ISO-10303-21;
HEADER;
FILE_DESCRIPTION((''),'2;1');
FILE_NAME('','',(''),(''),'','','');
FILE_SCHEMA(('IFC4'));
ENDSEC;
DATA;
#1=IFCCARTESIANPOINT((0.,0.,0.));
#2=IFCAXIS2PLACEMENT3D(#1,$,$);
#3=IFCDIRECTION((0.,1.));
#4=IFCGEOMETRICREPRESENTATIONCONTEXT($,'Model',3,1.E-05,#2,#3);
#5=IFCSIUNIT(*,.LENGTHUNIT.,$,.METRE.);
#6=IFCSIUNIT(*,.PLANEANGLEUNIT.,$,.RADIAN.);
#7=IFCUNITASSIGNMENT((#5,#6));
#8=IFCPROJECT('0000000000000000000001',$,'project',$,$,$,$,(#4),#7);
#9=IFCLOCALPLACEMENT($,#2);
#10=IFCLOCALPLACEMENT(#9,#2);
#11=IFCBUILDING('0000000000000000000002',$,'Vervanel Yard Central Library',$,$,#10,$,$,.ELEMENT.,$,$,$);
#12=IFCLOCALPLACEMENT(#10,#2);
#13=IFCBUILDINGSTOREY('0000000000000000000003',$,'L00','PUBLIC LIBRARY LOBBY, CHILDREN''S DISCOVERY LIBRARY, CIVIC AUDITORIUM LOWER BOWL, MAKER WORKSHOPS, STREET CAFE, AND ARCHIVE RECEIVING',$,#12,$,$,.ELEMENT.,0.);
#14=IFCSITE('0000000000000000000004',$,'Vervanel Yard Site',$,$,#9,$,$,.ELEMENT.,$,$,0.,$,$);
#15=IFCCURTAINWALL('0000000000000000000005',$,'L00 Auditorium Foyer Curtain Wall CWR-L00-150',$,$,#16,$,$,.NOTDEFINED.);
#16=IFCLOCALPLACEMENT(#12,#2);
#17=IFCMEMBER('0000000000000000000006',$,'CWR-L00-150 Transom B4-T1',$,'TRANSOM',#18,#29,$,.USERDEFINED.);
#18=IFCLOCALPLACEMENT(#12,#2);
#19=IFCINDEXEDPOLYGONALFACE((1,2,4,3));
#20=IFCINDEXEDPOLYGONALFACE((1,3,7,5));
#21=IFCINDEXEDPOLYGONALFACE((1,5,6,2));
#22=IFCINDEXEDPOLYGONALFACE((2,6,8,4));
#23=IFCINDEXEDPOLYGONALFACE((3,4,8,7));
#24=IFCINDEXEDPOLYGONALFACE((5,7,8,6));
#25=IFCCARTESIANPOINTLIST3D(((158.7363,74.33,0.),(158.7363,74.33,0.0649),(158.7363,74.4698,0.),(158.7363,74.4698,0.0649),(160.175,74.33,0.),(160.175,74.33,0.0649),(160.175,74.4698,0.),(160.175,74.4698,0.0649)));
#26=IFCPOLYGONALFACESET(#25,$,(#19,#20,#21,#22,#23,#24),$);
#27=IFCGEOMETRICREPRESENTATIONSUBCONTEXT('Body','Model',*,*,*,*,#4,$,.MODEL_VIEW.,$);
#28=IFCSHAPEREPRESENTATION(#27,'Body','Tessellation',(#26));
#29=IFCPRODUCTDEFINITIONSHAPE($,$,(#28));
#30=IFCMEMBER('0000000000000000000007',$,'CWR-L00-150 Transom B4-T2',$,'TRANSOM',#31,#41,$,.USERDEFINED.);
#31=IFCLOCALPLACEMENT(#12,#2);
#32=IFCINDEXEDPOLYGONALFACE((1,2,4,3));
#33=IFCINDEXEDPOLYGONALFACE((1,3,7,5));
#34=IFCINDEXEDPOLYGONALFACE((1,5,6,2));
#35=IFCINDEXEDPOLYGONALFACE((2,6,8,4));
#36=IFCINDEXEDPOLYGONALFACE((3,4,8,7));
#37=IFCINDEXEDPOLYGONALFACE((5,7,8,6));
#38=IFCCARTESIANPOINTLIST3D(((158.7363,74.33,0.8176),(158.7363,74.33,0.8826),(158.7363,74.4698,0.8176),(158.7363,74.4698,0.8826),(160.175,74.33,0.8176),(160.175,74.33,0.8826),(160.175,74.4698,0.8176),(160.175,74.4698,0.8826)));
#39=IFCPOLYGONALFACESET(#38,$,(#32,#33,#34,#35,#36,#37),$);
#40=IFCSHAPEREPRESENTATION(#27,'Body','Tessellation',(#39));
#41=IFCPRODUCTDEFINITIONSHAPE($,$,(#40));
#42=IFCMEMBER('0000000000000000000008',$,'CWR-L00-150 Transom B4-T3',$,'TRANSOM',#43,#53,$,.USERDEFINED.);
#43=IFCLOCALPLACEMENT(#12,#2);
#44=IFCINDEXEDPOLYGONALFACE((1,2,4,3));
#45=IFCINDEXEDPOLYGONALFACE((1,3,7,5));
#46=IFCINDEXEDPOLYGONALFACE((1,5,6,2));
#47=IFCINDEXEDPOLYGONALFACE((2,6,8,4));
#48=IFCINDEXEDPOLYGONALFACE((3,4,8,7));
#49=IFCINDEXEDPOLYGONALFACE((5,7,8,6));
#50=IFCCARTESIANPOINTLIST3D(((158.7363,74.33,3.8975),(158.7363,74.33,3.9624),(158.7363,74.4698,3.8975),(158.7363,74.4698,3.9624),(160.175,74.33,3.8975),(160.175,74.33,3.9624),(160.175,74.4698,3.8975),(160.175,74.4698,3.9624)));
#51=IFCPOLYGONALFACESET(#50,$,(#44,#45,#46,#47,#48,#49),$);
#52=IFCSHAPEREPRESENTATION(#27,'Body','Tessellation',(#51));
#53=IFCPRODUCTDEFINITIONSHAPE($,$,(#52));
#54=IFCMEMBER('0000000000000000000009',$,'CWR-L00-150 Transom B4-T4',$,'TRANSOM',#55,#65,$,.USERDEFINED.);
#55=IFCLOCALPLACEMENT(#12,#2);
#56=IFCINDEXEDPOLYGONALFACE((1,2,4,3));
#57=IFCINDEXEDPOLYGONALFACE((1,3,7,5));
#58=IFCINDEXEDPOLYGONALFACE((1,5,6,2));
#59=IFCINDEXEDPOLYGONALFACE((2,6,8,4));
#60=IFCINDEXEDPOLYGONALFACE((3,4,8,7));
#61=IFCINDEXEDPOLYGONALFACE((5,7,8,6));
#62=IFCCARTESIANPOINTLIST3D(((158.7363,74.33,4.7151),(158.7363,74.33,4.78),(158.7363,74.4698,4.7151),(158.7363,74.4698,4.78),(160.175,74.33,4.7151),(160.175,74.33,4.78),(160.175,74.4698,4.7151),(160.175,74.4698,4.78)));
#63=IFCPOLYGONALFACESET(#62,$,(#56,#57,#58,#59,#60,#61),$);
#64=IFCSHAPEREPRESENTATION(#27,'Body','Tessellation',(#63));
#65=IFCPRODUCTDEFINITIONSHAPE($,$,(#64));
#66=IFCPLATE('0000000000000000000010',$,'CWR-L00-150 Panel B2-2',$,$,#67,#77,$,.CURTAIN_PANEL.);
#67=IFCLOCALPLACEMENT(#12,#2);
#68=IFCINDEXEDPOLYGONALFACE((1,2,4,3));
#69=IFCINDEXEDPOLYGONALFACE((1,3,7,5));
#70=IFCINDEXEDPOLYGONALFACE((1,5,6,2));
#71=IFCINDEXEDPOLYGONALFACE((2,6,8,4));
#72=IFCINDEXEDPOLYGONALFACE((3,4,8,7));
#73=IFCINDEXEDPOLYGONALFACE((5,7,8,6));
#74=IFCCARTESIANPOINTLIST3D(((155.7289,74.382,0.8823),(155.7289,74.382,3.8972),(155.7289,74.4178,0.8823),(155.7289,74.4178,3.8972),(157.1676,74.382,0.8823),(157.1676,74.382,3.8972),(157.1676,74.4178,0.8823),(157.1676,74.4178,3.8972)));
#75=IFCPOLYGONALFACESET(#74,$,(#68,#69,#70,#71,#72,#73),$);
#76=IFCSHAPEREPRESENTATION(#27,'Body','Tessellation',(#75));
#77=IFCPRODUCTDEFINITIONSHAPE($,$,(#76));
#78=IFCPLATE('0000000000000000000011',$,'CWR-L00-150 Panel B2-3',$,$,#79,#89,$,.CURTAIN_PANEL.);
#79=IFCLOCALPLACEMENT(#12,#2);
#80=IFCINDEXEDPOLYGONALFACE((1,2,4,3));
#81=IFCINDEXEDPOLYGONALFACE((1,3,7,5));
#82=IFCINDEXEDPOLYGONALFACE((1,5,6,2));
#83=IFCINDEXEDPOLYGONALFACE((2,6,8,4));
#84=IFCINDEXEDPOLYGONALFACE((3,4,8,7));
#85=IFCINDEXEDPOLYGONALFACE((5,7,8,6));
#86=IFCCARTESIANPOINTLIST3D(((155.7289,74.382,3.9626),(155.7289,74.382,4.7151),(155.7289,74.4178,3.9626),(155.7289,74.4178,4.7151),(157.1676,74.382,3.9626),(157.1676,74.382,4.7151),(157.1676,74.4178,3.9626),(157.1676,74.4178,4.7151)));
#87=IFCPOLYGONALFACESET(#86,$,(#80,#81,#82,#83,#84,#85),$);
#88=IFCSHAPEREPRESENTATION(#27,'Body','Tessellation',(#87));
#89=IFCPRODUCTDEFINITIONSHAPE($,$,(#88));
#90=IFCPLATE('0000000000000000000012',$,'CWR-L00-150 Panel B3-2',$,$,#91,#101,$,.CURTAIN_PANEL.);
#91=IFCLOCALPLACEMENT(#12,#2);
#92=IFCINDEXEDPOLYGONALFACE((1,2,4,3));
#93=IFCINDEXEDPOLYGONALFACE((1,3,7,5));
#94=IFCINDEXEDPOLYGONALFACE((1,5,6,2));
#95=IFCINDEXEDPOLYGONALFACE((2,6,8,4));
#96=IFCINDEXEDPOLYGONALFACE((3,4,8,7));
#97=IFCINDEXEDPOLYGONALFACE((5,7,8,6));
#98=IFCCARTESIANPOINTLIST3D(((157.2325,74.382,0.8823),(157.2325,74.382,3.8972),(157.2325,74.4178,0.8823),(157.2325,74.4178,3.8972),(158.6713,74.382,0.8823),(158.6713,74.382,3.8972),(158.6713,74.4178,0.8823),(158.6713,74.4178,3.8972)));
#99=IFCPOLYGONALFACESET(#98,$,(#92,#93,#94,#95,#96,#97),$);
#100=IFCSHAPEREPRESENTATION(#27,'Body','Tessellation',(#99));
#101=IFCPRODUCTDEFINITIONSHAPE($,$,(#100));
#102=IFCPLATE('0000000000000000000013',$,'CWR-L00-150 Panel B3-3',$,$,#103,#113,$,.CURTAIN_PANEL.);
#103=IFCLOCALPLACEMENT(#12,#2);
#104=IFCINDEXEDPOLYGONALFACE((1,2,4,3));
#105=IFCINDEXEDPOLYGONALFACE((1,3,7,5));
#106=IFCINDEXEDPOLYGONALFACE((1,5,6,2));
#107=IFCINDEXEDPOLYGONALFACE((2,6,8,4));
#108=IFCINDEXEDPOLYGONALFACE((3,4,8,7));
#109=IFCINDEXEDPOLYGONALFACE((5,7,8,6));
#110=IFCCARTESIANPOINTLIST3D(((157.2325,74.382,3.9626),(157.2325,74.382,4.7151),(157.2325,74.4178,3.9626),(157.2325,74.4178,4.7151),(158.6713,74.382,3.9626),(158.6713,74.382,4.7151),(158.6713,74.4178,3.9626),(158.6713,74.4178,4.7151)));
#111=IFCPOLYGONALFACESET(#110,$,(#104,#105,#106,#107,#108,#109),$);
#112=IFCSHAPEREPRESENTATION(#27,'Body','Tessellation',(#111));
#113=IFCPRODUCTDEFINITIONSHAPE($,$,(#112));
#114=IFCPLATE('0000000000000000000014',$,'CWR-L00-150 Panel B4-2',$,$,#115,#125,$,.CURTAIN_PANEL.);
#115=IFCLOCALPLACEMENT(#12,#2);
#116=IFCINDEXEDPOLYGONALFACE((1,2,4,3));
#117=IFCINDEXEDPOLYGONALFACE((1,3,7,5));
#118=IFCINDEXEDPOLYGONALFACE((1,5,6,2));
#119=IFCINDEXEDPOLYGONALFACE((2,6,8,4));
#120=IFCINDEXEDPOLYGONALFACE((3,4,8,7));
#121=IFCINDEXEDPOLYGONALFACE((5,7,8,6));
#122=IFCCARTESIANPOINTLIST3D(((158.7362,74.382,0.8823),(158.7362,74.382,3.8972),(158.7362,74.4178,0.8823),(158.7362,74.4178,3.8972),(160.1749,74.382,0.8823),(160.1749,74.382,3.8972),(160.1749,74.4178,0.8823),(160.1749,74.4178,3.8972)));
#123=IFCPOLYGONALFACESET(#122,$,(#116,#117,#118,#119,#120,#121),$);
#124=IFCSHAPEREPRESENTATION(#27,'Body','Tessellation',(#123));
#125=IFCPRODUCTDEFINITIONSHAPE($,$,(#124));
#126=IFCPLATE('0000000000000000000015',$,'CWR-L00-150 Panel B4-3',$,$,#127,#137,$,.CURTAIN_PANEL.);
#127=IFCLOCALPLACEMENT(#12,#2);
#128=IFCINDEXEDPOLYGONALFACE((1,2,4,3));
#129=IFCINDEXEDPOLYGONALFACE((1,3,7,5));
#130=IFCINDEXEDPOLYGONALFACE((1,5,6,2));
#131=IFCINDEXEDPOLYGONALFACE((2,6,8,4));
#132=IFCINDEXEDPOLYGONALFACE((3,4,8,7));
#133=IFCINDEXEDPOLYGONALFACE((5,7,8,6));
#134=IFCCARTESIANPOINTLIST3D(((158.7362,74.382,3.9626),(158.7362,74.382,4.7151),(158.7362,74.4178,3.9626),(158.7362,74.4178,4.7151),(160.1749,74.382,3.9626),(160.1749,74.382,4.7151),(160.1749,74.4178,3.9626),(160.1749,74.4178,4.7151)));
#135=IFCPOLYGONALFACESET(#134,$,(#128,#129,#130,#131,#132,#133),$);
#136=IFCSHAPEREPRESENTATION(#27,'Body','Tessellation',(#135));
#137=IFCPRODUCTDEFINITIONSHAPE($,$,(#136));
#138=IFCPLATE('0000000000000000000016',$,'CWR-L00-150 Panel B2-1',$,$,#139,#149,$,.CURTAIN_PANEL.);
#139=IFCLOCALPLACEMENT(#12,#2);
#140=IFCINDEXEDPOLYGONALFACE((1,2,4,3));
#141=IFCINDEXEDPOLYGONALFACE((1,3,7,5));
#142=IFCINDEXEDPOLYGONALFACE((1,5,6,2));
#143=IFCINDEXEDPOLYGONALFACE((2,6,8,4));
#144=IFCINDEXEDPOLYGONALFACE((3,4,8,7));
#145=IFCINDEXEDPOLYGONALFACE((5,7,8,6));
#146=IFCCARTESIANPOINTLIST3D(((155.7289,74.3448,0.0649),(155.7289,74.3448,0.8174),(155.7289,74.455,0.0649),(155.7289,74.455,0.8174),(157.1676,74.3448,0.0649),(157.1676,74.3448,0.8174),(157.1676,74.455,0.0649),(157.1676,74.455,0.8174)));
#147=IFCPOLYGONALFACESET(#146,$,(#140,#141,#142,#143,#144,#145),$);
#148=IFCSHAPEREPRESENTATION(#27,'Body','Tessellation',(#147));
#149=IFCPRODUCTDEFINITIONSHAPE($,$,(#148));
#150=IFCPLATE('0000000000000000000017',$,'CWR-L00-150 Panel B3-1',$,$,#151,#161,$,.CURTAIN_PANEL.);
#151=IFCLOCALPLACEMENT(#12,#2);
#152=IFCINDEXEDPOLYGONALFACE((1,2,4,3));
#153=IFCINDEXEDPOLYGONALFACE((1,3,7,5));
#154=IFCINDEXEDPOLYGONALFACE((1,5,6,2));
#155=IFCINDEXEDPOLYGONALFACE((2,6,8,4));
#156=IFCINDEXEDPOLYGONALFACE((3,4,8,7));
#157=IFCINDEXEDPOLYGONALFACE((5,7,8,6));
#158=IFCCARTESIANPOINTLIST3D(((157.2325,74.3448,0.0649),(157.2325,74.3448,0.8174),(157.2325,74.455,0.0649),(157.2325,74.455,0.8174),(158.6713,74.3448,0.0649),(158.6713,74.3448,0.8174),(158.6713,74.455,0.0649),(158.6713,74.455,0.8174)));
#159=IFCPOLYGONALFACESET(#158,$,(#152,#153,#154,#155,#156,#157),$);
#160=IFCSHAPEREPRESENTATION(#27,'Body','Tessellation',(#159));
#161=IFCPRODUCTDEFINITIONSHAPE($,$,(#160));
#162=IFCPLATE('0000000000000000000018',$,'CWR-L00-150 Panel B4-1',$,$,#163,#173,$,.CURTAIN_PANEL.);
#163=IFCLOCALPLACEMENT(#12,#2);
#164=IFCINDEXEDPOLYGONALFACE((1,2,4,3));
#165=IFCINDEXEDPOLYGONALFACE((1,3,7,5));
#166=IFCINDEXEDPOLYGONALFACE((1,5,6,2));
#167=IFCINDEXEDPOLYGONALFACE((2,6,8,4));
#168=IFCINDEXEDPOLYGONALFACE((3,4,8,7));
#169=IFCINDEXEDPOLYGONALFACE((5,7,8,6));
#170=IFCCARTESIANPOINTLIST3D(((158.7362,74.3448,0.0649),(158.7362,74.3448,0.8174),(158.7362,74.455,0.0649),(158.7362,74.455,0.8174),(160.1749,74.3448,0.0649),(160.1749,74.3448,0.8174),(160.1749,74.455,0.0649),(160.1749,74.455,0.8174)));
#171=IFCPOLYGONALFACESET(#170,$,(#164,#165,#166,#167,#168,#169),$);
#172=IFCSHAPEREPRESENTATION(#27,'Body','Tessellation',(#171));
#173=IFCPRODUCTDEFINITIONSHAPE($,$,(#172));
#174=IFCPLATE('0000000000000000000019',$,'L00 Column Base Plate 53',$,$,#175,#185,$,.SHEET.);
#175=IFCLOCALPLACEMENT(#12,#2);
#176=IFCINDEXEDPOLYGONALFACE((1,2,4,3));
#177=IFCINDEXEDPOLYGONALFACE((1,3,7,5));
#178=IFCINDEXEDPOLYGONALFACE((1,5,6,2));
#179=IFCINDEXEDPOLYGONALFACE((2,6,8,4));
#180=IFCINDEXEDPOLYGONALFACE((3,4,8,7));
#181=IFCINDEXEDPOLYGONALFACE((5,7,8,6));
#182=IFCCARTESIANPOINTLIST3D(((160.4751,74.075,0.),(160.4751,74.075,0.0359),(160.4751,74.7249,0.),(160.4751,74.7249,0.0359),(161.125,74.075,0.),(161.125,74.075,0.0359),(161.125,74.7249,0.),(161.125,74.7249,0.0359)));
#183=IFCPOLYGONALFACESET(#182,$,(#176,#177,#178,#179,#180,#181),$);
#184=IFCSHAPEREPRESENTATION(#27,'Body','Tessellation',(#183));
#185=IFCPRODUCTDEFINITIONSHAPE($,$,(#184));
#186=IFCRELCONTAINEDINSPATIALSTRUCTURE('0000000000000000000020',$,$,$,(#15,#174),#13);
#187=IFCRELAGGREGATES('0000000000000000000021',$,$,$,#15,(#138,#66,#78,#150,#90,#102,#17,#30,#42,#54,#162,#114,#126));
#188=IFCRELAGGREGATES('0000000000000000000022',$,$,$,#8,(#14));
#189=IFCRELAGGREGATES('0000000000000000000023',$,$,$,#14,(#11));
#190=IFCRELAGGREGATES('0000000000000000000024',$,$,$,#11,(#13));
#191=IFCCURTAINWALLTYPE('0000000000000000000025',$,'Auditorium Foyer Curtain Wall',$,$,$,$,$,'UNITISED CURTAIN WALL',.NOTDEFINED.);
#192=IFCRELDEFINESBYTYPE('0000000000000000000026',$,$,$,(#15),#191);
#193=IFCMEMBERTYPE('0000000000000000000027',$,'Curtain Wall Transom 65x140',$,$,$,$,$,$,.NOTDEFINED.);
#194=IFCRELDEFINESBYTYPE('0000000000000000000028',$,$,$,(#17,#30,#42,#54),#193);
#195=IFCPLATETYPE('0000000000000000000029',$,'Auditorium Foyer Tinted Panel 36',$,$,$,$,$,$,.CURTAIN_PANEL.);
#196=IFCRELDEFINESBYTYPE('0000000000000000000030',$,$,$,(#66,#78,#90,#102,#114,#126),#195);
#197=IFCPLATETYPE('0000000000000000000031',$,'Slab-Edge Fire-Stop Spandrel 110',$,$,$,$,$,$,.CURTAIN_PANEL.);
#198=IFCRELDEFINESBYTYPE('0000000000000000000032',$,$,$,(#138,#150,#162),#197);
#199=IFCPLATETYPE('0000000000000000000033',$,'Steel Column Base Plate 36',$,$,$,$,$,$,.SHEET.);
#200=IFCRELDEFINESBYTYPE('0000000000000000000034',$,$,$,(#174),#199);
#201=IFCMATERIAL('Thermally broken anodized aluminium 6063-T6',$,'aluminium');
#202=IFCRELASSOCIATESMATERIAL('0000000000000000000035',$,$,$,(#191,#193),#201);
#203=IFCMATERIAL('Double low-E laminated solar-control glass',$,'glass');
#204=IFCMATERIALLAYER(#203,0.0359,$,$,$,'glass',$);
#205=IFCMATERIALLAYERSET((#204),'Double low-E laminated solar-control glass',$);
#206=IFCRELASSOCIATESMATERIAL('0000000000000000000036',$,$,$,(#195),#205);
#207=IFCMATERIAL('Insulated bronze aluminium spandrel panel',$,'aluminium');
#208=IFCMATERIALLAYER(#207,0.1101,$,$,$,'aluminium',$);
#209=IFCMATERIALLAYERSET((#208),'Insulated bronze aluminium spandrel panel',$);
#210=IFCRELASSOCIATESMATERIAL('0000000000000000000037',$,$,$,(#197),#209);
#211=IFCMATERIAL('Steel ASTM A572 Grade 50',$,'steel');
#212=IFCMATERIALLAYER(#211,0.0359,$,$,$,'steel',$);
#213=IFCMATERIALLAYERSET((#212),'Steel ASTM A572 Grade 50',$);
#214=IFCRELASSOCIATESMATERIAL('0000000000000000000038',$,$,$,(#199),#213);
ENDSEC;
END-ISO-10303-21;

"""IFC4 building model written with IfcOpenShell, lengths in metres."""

from ifc_helpers import new_model, si_unit, direction, frame, origin, origin_2d, place, context, subcontext, project, spatial, rectangle, extrude, material, layer, layer_set, material_profile, profile_set, type_object, element, aggregate, save


model = new_model("IFC4")

# Units and contexts
model_context = context("Model", 3, precision=1e-05, world=origin(), true_north=direction((0.0, 1.0)))
body_context = subcontext(model_context, "Body", "Model", "MODEL_VIEW")
ifc_project = project(units=[si_unit("LENGTHUNIT", "METRE"), si_unit("PLANEANGLEUNIT", "RADIAN")], contexts=[model_context])

# Site, building, storey
site_placement = place(None, origin())
site = spatial("IfcSite", under=ifc_project, at=site_placement, Name="Vervanel Yard Site", CompositionType="ELEMENT", RefElevation=0.0)
building_placement = place(site_placement, origin())
building = spatial("IfcBuilding", under=site, at=building_placement, Name="Vervanel Yard Central Library", CompositionType="ELEMENT")
storey_placement = place(building_placement, origin())
storey = spatial("IfcBuildingStorey", under=building, at=storey_placement, Name="L00", Description="PUBLIC LIBRARY LOBBY, CHILDREN'S DISCOVERY LIBRARY, CIVIC AUDITORIUM LOWER BOWL, MAKER WORKSHOPS, STREET CAFE, AND ARCHIVE RECEIVING", CompositionType="ELEMENT", Elevation=0.0)

# Curtain wall, members, plates
ifc_material_1 = material(Name="Thermally broken anodized aluminium 6063-T6", Category="aluminium")
curtain_wall_type = type_object("IfcCurtainWallType", Name="Auditorium Foyer Curtain Wall", ElementType="UNITISED CURTAIN WALL", PredefinedType="NOTDEFINED", material=ifc_material_1)
curtain_wall_placement = place(storey_placement, origin())
curtain_wall = element("IfcCurtainWall", 1, at=curtain_wall_placement, inside=storey, type_object=curtain_wall_type, Name="L00 Auditorium Foyer Curtain Wall CWR-L00-150", PredefinedType="NOTDEFINED")
ifc_material_profile_1 = material_profile(ifc_material_1, rectangle(XDim=0.0649, YDim=0.1399, at=origin_2d()), Name="ALU 65x140", Category="aluminium")
ifc_profile_set_1 = profile_set([ifc_material_profile_1], Name="Thermally broken anodized aluminium 6063-T6")
member_type_1 = type_object("IfcMemberType", Name="Curtain Wall Transom 65x140", PredefinedType="NOTDEFINED", material=ifc_profile_set_1)
member_1_placement = place(storey_placement, frame((158.7363, 74.3999, 0.0325), z_axis=(1.0, 0.0, 0.0), x_axis=(0.0, 0.0, 1.0)))
member_1 = element("IfcMember", 2, at=member_1_placement, type_object=member_type_1, Name="CWR-L00-150 Transom B4-T1", ObjectType="TRANSOM", PredefinedType="USERDEFINED", context=body_context, shape_type="SweptSolid", body=[
    extrude(rectangle(XDim=0.0649, YDim=0.1399, at=origin_2d()), origin(), (0.0, 0.0, 1.0), 1.4387),
])
member_2_placement = place(storey_placement, frame((158.7363, 74.3999, 0.8501), z_axis=(1.0, 0.0, 0.0), x_axis=(0.0, 0.0, 1.0)))
member_2 = element("IfcMember", 3, at=member_2_placement, type_object=member_type_1, Name="CWR-L00-150 Transom B4-T2", ObjectType="TRANSOM", PredefinedType="USERDEFINED", context=body_context, shape_type="SweptSolid", body=[
    extrude(rectangle(XDim=0.0649, YDim=0.1399, at=origin_2d()), origin(), (0.0, 0.0, 1.0), 1.4387),
])
member_3_placement = place(storey_placement, frame((158.7363, 74.3999, 3.9299), z_axis=(1.0, 0.0, 0.0), x_axis=(0.0, 0.0, 1.0)))
member_3 = element("IfcMember", 4, at=member_3_placement, type_object=member_type_1, Name="CWR-L00-150 Transom B4-T3", ObjectType="TRANSOM", PredefinedType="USERDEFINED", context=body_context, shape_type="SweptSolid", body=[
    extrude(rectangle(XDim=0.0649, YDim=0.1399, at=origin_2d()), origin(), (0.0, 0.0, 1.0), 1.4387),
])
member_4_placement = place(storey_placement, frame((158.7363, 74.3999, 4.7476), z_axis=(1.0, 0.0, 0.0), x_axis=(0.0, 0.0, 1.0)))
member_4 = element("IfcMember", 5, at=member_4_placement, type_object=member_type_1, Name="CWR-L00-150 Transom B4-T4", ObjectType="TRANSOM", PredefinedType="USERDEFINED", context=body_context, shape_type="SweptSolid", body=[
    extrude(rectangle(XDim=0.0649, YDim=0.1399, at=origin_2d()), origin(), (0.0, 0.0, 1.0), 1.4387),
])
ifc_material_2 = material(Name="Double low-E laminated solar-control glass", Category="glass")
ifc_layer_1 = layer(ifc_material_2, 0.0359, Category="glass")
ifc_layer_set_1 = layer_set([ifc_layer_1], Name="Double low-E laminated solar-control glass")
plate_type_1 = type_object("IfcPlateType", Name="Auditorium Foyer Tinted Panel 36", PredefinedType="CURTAIN_PANEL", material=ifc_layer_set_1)
plate_1_placement = place(storey_placement, frame((156.4482, 74.3999, 0.8823), z_axis=(0.0, 0.0, 1.0), x_axis=(1.0, 0.0, 0.0)))
plate_1 = element("IfcPlate", 6, at=plate_1_placement, type_object=plate_type_1, Name="CWR-L00-150 Panel B2-2", PredefinedType="CURTAIN_PANEL", context=body_context, shape_type="SweptSolid", body=[
    extrude(rectangle(XDim=1.4387, YDim=0.0359, at=origin_2d()), origin(), (0.0, 0.0, 1.0), 3.0149),
])
plate_2_placement = place(storey_placement, frame((156.4482, 74.3999, 3.9626), z_axis=(0.0, 0.0, 1.0), x_axis=(1.0, 0.0, 0.0)))
plate_2 = element("IfcPlate", 7, at=plate_2_placement, type_object=plate_type_1, Name="CWR-L00-150 Panel B2-3", PredefinedType="CURTAIN_PANEL", context=body_context, shape_type="SweptSolid", body=[
    extrude(rectangle(XDim=1.4387, YDim=0.0359, at=origin_2d()), origin(), (0.0, 0.0, 1.0), 0.7524),
])
plate_3_placement = place(storey_placement, frame((157.9519, 74.3999, 0.8823), z_axis=(0.0, 0.0, 1.0), x_axis=(1.0, 0.0, 0.0)))
plate_3 = element("IfcPlate", 8, at=plate_3_placement, type_object=plate_type_1, Name="CWR-L00-150 Panel B3-2", PredefinedType="CURTAIN_PANEL", context=body_context, shape_type="SweptSolid", body=[
    extrude(rectangle(XDim=1.4387, YDim=0.0359, at=origin_2d()), origin(), (0.0, 0.0, 1.0), 3.0149),
])
plate_4_placement = place(storey_placement, frame((157.9519, 74.3999, 3.9626), z_axis=(0.0, 0.0, 1.0), x_axis=(1.0, 0.0, 0.0)))
plate_4 = element("IfcPlate", 9, at=plate_4_placement, type_object=plate_type_1, Name="CWR-L00-150 Panel B3-3", PredefinedType="CURTAIN_PANEL", context=body_context, shape_type="SweptSolid", body=[
    extrude(rectangle(XDim=1.4387, YDim=0.0359, at=origin_2d()), origin(), (0.0, 0.0, 1.0), 0.7524),
])
plate_5_placement = place(storey_placement, frame((159.4556, 74.3999, 0.8823), z_axis=(0.0, 0.0, 1.0), x_axis=(1.0, 0.0, 0.0)))
plate_5 = element("IfcPlate", 10, at=plate_5_placement, type_object=plate_type_1, Name="CWR-L00-150 Panel B4-2", PredefinedType="CURTAIN_PANEL", context=body_context, shape_type="SweptSolid", body=[
    extrude(rectangle(XDim=1.4387, YDim=0.0359, at=origin_2d()), origin(), (0.0, 0.0, 1.0), 3.0149),
])
plate_6_placement = place(storey_placement, frame((159.4556, 74.3999, 3.9626), z_axis=(0.0, 0.0, 1.0), x_axis=(1.0, 0.0, 0.0)))
plate_6 = element("IfcPlate", 11, at=plate_6_placement, type_object=plate_type_1, Name="CWR-L00-150 Panel B4-3", PredefinedType="CURTAIN_PANEL", context=body_context, shape_type="SweptSolid", body=[
    extrude(rectangle(XDim=1.4387, YDim=0.0359, at=origin_2d()), origin(), (0.0, 0.0, 1.0), 0.7524),
])
ifc_material_3 = material(Name="Insulated bronze aluminium spandrel panel", Category="aluminium")
ifc_layer_2 = layer(ifc_material_3, 0.1101, Category="aluminium")
ifc_layer_set_2 = layer_set([ifc_layer_2], Name="Insulated bronze aluminium spandrel panel")
plate_type_2 = type_object("IfcPlateType", Name="Slab-Edge Fire-Stop Spandrel 110", PredefinedType="CURTAIN_PANEL", material=ifc_layer_set_2)
plate_7_placement = place(storey_placement, frame((156.4482, 74.3999, 0.0649), z_axis=(0.0, 0.0, 1.0), x_axis=(1.0, 0.0, 0.0)))
plate_7 = element("IfcPlate", 12, at=plate_7_placement, type_object=plate_type_2, Name="CWR-L00-150 Panel B2-1", PredefinedType="CURTAIN_PANEL", context=body_context, shape_type="SweptSolid", body=[
    extrude(rectangle(XDim=1.4387, YDim=0.1101, at=origin_2d()), origin(), (0.0, 0.0, 1.0), 0.7524),
])
plate_8_placement = place(storey_placement, frame((157.9519, 74.3999, 0.0649), z_axis=(0.0, 0.0, 1.0), x_axis=(1.0, 0.0, 0.0)))
plate_8 = element("IfcPlate", 13, at=plate_8_placement, type_object=plate_type_2, Name="CWR-L00-150 Panel B3-1", PredefinedType="CURTAIN_PANEL", context=body_context, shape_type="SweptSolid", body=[
    extrude(rectangle(XDim=1.4387, YDim=0.1101, at=origin_2d()), origin(), (0.0, 0.0, 1.0), 0.7524),
])
plate_9_placement = place(storey_placement, frame((159.4556, 74.3999, 0.0649), z_axis=(0.0, 0.0, 1.0), x_axis=(1.0, 0.0, 0.0)))
plate_9 = element("IfcPlate", 14, at=plate_9_placement, type_object=plate_type_2, Name="CWR-L00-150 Panel B4-1", PredefinedType="CURTAIN_PANEL", context=body_context, shape_type="SweptSolid", body=[
    extrude(rectangle(XDim=1.4387, YDim=0.1101, at=origin_2d()), origin(), (0.0, 0.0, 1.0), 0.7524),
])
aggregate(curtain_wall, [plate_7, plate_1, plate_2, plate_8, plate_3, plate_4, member_1, member_2, member_3, member_4, plate_9, plate_5, plate_6])

# Plate
ifc_material_4 = material(Name="Steel ASTM A572 Grade 50", Category="steel")
ifc_layer_3 = layer(ifc_material_4, 0.0359, Category="steel")
ifc_layer_set_3 = layer_set([ifc_layer_3], Name="Steel ASTM A572 Grade 50")
plate_type_3 = type_object("IfcPlateType", Name="Steel Column Base Plate 36", PredefinedType="SHEET", material=ifc_layer_set_3)
plate_10_placement = place(storey_placement, frame((160.8, 74.3999, 0.0), z_axis=(0.0, 0.0, 1.0), x_axis=(1.0, 0.0, 0.0)))
element("IfcPlate", 15, at=plate_10_placement, inside=storey, type_object=plate_type_3, Name="L00 Column Base Plate 53", PredefinedType="SHEET", context=body_context, shape_type="SweptSolid", body=[
    extrude(rectangle(XDim=0.6499, YDim=0.6499, at=origin_2d()), origin(), (0.0, 0.0, 1.0), 0.0359),
])

save(model, "model.ifc")
